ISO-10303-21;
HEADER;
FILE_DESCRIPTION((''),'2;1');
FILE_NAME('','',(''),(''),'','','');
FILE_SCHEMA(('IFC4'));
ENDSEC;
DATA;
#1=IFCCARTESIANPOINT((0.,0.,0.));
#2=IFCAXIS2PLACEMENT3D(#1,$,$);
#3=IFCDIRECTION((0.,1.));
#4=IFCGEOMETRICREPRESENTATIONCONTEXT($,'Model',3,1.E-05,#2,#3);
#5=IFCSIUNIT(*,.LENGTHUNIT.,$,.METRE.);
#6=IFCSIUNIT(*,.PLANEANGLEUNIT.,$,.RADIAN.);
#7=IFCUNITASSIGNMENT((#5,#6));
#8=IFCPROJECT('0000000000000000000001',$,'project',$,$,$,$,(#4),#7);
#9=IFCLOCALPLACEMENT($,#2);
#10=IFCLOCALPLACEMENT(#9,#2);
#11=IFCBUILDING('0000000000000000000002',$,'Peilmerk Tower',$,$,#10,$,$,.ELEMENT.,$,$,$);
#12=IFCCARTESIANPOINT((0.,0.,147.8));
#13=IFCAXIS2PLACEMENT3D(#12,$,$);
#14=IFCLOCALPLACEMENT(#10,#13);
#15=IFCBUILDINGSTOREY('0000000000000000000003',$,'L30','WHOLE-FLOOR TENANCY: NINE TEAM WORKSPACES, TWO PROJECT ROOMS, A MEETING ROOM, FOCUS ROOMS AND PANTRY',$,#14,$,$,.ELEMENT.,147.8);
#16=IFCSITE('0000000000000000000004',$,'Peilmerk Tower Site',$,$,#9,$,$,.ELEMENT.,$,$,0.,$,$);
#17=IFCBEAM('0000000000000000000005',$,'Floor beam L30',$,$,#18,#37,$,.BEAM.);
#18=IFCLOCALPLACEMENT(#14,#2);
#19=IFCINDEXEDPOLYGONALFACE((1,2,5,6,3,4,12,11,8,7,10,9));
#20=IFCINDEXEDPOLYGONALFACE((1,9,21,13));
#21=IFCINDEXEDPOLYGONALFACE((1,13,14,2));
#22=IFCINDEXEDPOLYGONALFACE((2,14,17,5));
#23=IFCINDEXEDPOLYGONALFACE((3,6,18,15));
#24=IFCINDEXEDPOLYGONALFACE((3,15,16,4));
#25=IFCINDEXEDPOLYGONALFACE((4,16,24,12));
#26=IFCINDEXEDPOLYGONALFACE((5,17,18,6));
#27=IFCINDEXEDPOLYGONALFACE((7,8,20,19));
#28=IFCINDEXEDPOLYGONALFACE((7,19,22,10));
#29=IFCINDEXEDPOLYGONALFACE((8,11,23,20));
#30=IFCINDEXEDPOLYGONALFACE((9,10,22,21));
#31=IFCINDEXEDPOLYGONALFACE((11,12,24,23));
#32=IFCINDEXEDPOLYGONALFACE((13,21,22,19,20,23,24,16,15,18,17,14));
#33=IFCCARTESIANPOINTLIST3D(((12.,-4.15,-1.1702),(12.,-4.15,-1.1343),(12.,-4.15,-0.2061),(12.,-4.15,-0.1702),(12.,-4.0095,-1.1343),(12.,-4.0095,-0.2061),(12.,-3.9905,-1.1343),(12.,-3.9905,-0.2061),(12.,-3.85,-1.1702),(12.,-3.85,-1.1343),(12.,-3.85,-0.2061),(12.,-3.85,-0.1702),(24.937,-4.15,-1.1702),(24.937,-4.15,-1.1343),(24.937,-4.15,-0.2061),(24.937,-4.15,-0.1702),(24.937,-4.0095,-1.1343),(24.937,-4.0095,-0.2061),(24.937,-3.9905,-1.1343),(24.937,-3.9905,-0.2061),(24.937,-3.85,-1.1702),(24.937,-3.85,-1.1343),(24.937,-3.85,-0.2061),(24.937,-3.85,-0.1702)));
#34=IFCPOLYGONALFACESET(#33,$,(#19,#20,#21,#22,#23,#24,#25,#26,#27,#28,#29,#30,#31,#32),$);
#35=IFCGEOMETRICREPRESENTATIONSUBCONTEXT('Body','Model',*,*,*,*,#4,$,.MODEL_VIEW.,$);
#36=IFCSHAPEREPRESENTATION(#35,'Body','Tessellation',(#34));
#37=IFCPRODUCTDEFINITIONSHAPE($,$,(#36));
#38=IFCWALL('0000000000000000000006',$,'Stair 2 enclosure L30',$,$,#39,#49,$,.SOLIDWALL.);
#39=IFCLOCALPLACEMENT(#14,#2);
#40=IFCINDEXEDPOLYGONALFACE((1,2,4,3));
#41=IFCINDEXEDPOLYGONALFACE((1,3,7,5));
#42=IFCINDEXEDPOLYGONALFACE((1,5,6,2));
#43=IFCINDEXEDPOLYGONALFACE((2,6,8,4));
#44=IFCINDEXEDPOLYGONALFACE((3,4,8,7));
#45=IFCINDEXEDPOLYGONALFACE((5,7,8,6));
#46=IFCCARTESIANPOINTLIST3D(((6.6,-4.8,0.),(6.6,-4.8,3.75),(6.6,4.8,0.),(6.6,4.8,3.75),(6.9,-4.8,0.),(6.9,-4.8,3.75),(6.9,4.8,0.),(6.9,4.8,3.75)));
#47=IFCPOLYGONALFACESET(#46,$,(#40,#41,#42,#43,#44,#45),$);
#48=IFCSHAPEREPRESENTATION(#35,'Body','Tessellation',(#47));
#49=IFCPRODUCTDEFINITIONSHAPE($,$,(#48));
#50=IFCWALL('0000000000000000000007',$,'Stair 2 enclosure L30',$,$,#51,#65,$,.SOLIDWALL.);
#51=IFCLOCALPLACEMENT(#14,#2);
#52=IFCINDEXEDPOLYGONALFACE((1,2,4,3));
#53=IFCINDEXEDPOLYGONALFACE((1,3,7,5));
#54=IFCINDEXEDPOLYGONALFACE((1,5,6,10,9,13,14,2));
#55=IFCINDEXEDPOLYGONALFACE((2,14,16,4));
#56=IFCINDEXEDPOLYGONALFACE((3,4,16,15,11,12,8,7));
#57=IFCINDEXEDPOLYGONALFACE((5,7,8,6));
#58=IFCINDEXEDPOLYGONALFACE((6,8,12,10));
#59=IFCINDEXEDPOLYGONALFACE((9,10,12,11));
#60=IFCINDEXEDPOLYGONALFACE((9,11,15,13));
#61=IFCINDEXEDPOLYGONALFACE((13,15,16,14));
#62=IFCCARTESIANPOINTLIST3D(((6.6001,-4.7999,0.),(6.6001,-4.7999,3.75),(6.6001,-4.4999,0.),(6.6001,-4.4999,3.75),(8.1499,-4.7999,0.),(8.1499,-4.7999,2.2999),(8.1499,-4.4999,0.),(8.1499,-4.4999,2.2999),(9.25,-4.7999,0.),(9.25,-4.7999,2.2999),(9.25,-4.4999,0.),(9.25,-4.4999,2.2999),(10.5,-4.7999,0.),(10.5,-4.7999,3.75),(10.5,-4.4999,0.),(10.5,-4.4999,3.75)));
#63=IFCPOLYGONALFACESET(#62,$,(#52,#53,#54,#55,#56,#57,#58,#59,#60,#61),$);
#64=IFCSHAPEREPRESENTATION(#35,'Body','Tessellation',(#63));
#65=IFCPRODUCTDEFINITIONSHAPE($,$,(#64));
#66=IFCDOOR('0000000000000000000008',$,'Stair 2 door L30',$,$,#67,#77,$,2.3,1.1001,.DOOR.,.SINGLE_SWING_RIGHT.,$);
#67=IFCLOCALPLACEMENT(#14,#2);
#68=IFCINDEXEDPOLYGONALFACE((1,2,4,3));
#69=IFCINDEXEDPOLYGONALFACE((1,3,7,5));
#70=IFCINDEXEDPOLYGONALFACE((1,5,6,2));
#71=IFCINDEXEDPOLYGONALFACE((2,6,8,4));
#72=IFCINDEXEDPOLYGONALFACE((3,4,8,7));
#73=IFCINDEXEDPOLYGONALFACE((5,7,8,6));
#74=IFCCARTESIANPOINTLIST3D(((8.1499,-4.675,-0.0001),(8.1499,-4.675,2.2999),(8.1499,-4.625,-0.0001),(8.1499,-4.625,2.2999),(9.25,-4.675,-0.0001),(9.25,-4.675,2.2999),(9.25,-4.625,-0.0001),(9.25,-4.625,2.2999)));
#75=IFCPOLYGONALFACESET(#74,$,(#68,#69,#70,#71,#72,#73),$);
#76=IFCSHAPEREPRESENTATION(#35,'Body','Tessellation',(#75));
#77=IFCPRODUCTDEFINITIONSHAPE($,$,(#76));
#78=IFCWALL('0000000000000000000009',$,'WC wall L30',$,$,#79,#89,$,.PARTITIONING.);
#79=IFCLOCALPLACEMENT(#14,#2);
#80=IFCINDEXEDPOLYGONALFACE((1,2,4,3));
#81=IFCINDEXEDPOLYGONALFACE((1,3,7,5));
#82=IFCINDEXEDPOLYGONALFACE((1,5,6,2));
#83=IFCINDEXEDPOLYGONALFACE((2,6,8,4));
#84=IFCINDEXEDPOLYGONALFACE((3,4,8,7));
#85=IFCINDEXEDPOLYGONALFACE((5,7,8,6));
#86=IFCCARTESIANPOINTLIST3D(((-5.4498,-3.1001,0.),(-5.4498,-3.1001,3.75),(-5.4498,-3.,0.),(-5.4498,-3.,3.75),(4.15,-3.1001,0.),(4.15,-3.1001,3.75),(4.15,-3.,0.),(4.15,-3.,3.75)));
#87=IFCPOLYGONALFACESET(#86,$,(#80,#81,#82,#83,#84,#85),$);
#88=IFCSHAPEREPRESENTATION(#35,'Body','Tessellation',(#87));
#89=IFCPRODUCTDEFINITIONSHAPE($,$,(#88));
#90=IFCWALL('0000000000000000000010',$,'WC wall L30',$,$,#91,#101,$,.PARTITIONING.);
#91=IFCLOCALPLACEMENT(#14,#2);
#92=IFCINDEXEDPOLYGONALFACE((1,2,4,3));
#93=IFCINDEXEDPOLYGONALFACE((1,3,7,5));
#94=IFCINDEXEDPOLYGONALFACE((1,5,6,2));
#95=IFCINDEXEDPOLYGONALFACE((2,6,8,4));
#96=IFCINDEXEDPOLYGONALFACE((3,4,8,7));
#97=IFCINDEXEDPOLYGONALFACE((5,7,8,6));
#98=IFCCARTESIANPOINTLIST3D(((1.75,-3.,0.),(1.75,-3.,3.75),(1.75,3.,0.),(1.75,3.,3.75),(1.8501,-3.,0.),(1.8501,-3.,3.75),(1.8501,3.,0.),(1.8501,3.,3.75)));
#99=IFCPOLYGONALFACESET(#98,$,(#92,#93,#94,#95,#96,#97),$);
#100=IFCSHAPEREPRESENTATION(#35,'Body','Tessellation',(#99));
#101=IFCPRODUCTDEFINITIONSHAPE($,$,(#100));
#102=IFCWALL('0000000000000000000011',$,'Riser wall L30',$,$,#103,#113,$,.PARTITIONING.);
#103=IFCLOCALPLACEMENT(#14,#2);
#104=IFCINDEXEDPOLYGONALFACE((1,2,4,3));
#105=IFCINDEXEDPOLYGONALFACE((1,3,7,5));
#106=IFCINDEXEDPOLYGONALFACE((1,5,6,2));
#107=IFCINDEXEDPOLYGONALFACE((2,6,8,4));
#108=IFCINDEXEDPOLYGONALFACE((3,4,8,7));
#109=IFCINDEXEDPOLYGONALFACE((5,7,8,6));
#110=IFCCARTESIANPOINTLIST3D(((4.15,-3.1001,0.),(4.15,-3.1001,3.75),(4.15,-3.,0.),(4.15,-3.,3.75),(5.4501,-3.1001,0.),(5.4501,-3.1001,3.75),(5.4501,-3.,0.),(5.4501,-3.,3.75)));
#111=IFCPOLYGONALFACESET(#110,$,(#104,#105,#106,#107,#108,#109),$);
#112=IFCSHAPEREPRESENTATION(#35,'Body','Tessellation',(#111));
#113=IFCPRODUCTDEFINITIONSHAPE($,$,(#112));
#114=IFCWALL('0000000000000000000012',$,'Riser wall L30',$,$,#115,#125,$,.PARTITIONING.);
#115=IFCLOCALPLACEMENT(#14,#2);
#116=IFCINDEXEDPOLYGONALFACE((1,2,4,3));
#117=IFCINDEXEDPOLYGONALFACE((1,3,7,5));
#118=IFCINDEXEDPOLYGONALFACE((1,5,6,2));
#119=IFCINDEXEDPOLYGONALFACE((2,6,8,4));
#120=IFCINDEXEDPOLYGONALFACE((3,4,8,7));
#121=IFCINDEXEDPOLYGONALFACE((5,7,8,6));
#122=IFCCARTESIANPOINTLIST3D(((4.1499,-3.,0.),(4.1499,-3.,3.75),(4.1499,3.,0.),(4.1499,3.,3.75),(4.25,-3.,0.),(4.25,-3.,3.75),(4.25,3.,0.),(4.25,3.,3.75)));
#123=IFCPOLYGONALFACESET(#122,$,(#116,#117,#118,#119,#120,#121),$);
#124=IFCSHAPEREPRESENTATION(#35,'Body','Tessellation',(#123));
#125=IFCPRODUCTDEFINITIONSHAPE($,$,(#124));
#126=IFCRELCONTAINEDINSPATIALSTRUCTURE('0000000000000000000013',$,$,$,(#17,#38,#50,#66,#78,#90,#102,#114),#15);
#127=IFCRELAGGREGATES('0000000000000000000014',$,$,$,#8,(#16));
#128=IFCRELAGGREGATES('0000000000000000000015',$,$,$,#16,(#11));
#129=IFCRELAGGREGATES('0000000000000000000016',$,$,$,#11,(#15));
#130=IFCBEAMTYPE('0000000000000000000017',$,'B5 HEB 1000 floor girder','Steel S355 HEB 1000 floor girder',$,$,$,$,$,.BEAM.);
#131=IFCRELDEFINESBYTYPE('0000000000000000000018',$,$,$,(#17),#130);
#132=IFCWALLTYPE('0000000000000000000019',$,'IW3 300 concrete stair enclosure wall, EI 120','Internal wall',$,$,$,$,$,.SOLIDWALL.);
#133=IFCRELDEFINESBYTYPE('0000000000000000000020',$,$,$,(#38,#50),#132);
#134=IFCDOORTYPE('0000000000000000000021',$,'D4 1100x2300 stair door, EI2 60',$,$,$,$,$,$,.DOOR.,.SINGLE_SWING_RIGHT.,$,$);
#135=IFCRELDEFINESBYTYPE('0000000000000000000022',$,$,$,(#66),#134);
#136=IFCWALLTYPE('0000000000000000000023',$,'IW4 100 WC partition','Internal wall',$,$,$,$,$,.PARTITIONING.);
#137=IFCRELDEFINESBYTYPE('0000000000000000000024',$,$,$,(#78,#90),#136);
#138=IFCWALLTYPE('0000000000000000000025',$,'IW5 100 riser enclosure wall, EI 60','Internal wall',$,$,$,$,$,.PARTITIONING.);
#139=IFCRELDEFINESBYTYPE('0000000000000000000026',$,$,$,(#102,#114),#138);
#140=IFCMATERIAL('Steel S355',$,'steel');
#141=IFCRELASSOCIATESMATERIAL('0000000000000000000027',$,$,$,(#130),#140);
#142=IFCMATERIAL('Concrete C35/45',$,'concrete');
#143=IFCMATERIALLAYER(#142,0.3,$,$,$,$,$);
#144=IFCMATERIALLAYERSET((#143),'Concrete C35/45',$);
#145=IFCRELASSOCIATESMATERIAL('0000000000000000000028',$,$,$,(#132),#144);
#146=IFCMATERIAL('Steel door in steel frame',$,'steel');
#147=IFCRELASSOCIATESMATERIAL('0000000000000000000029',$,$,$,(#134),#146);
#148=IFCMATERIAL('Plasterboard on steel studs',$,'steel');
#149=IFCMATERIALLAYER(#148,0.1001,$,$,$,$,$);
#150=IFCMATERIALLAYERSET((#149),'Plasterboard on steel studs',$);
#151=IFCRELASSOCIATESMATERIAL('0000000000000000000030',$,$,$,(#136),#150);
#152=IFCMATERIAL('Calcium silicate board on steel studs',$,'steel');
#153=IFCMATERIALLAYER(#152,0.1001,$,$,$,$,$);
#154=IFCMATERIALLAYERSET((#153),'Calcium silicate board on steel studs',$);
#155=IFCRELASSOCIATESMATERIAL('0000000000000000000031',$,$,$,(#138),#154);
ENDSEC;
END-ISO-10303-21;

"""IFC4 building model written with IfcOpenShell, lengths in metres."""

from ifc_helpers import new_model, si_unit, direction, frame, frame_2d, origin, origin_2d, place, context, subcontext, project, spatial, rectangle, i_section, extrude, material, layer, layer_set, material_profile, profile_set, type_object, element, fill, save


model = new_model("IFC4")

# Units and contexts
model_context = context("Model", 3, precision=1e-05, world=origin(), true_north=direction((0.0, 1.0)))
body_context = subcontext(model_context, "Body", "Model", "MODEL_VIEW")
ifc_project = project(units=[si_unit("LENGTHUNIT", "METRE"), si_unit("PLANEANGLEUNIT", "RADIAN")], contexts=[model_context])

# Site, building, storey
site_placement = place(None, origin())
site = spatial("IfcSite", under=ifc_project, at=site_placement, Name="Peilmerk Tower Site", CompositionType="ELEMENT", RefElevation=0.0)
building_placement = place(site_placement, origin())
building = spatial("IfcBuilding", under=site, at=building_placement, Name="Peilmerk Tower", CompositionType="ELEMENT")
storey_placement = place(building_placement, frame((0.0, 0.0, 147.8)))
storey = spatial("IfcBuildingStorey", under=building, at=storey_placement, Name="L30", Description="WHOLE-FLOOR TENANCY: NINE TEAM WORKSPACES, TWO PROJECT ROOMS, A MEETING ROOM, FOCUS ROOMS AND PANTRY", CompositionType="ELEMENT", Elevation=147.8)

# Beam
ifc_material_1 = material(Name="Steel S355", Category="steel")
ifc_material_profile = material_profile(ifc_material_1, i_section(OverallWidth=0.3, OverallDepth=1.0, WebThickness=0.019, FlangeThickness=0.0359, at=origin_2d()), Name="HEB 1000")
ifc_profile_set = profile_set([ifc_material_profile], Name="Steel S355")
beam_type = type_object("IfcBeamType", Name="B5 HEB 1000 floor girder", Description="Steel S355 HEB 1000 floor girder", PredefinedType="BEAM", material=ifc_profile_set)
beam_placement = place(storey_placement, frame((12.0, -4.0, -0.6702), z_axis=(1.0, 0.0, 0.0), x_axis=(0.0, 1.0, 0.0)))
element("IfcBeam", 1, at=beam_placement, inside=storey, type_object=beam_type, Name="Floor beam L30", PredefinedType="BEAM", context=body_context, shape_type="SweptSolid", body=[
    extrude(i_section(OverallWidth=0.3, OverallDepth=1.0, WebThickness=0.019, FlangeThickness=0.0359, at=origin_2d()), origin(), (0.0, 0.0, 1.0), 12.937),
])

# Wall
ifc_material_2 = material(Name="Concrete C35/45", Category="concrete")
ifc_layer_1 = layer(ifc_material_2, 0.3)
ifc_layer_set_1 = layer_set([ifc_layer_1], Name="Concrete C35/45")
wall_type_1 = type_object("IfcWallType", Name="IW3 300 concrete stair enclosure wall, EI 120", Description="Internal wall", PredefinedType="SOLIDWALL", material=ifc_layer_set_1)
wall_1_placement = place(storey_placement, frame((6.75, -4.8, 0.0), z_axis=(0.0, 0.0, 1.0), x_axis=(0.0, 1.0, 0.0)))
element("IfcWall", 2, at=wall_1_placement, inside=storey, type_object=wall_type_1, Name="Stair 2 enclosure L30", PredefinedType="SOLIDWALL", context=body_context, shape_type="SweptSolid", body=[
    extrude(rectangle(XDim=9.6001, YDim=0.3, at=frame_2d((4.8, 0.0))), origin(), (0.0, 0.0, 1.0), 3.75),
])

# Wall, opening, door
wall_2_placement = place(storey_placement, frame((10.5, -4.6499, 0.0), z_axis=(0.0, 0.0, 1.0), x_axis=(-1.0, 0.0, 0.0)))
wall_2 = element("IfcWall", 3, at=wall_2_placement, inside=storey, type_object=wall_type_1, Name="Stair 2 enclosure L30", PredefinedType="SOLIDWALL", context=body_context, shape_type="SweptSolid", body=[
    extrude(rectangle(XDim=3.8999, YDim=0.3, at=frame_2d((1.95, 0.0))), origin(), (0.0, 0.0, 1.0), 3.75),
])
opening_1_placement = place(wall_2_placement, frame((1.25, 0.0, 0.0)))
opening_1 = element("IfcOpeningElement", 4, at=opening_1_placement, cuts=wall_2, PredefinedType="OPENING", context=body_context, shape_type="SweptSolid", body=[
    extrude(rectangle(XDim=1.1001, YDim=2.3, at=frame_2d((0.55, 1.1499))), frame((0.0, 0.1599, 0.0), z_axis=(0.0, -1.0, 0.0), x_axis=(1.0, 0.0, 0.0)), (0.0, 0.0, 1.0), 0.3201),
])
ifc_material_3 = material(Name="Steel door in steel frame", Category="steel")
door_type_1 = type_object("IfcDoorType", Name="D4 1100x2300 stair door, EI2 60", OperationType="SINGLE_SWING_RIGHT", PredefinedType="DOOR", material=ifc_material_3)
door_1_placement = place(opening_1_placement, frame((1.1001, 0.0, 0.0), z_axis=(0.0, 0.0, 1.0), x_axis=(-1.0, 0.0, 0.0)))
door_1 = element("IfcDoor", 5, at=door_1_placement, inside=storey, type_object=door_type_1, Name="Stair 2 door L30", OperationType="SINGLE_SWING_RIGHT", OverallHeight=2.3, OverallWidth=1.1001, PredefinedType="DOOR", context=body_context, shape_type="SweptSolid", body=[
    extrude(rectangle(XDim=1.1001, YDim=2.3, at=frame_2d((0.55, 1.1499))), frame((0.0, 0.0249, 0.0), z_axis=(0.0, -1.0, 0.0), x_axis=(1.0, 0.0, 0.0)), (0.0, 0.0, 1.0), 0.05),
])
fill(opening_1, door_1)

# Walls
ifc_material_4 = material(Name="Plasterboard on steel studs", Category="steel")
ifc_layer_2 = layer(ifc_material_4, 0.1001)
ifc_layer_set_2 = layer_set([ifc_layer_2], Name="Plasterboard on steel studs")
wall_type_2 = type_object("IfcWallType", Name="IW4 100 WC partition", Description="Internal wall", PredefinedType="PARTITIONING", material=ifc_layer_set_2)
wall_3_placement = place(storey_placement, frame((4.1499, -3.05, 0.0), z_axis=(0.0, 0.0, 1.0), x_axis=(-1.0, 0.0, 0.0)))
element("IfcWall", 6, at=wall_3_placement, inside=storey, type_object=wall_type_2, Name="WC wall L30", PredefinedType="PARTITIONING", context=body_context, shape_type="SweptSolid", body=[
    extrude(rectangle(XDim=9.5999, YDim=0.1001, at=frame_2d((4.7998, 0.0))), origin(), (0.0, 0.0, 1.0), 3.75),
])
wall_4_placement = place(storey_placement, frame((1.8, -3.0, 0.0), z_axis=(0.0, 0.0, 1.0), x_axis=(0.0, 1.0, 0.0)))
element("IfcWall", 7, at=wall_4_placement, inside=storey, type_object=wall_type_2, Name="WC wall L30", PredefinedType="PARTITIONING", context=body_context, shape_type="SweptSolid", body=[
    extrude(rectangle(XDim=6.0, YDim=0.1001, at=frame_2d((3.0, 0.0))), origin(), (0.0, 0.0, 1.0), 3.75),
])
ifc_material_5 = material(Name="Calcium silicate board on steel studs", Category="steel")
ifc_layer_3 = layer(ifc_material_5, 0.1001)
ifc_layer_set_3 = layer_set([ifc_layer_3], Name="Calcium silicate board on steel studs")
wall_type_3 = type_object("IfcWallType", Name="IW5 100 riser enclosure wall, EI 60", Description="Internal wall", PredefinedType="PARTITIONING", material=ifc_layer_set_3)
wall_5_placement = place(storey_placement, frame((5.45, -3.05, 0.0), z_axis=(0.0, 0.0, 1.0), x_axis=(-1.0, 0.0, 0.0)))
element("IfcWall", 8, at=wall_5_placement, inside=storey, type_object=wall_type_3, Name="Riser wall L30", PredefinedType="PARTITIONING", context=body_context, shape_type="SweptSolid", body=[
    extrude(rectangle(XDim=1.3, YDim=0.1001, at=frame_2d((0.6499, 0.0))), origin(), (0.0, 0.0, 1.0), 3.75),
])
wall_6_placement = place(storey_placement, frame((4.2, -3.0, 0.0), z_axis=(0.0, 0.0, 1.0), x_axis=(0.0, 1.0, 0.0)))
element("IfcWall", 9, at=wall_6_placement, inside=storey, type_object=wall_type_3, Name="Riser wall L30", PredefinedType="PARTITIONING", context=body_context, shape_type="SweptSolid", body=[
    extrude(rectangle(XDim=6.0, YDim=0.1001, at=frame_2d((3.0, 0.0))), origin(), (0.0, 0.0, 1.0), 3.75),
])

save(model, "model.ifc")
